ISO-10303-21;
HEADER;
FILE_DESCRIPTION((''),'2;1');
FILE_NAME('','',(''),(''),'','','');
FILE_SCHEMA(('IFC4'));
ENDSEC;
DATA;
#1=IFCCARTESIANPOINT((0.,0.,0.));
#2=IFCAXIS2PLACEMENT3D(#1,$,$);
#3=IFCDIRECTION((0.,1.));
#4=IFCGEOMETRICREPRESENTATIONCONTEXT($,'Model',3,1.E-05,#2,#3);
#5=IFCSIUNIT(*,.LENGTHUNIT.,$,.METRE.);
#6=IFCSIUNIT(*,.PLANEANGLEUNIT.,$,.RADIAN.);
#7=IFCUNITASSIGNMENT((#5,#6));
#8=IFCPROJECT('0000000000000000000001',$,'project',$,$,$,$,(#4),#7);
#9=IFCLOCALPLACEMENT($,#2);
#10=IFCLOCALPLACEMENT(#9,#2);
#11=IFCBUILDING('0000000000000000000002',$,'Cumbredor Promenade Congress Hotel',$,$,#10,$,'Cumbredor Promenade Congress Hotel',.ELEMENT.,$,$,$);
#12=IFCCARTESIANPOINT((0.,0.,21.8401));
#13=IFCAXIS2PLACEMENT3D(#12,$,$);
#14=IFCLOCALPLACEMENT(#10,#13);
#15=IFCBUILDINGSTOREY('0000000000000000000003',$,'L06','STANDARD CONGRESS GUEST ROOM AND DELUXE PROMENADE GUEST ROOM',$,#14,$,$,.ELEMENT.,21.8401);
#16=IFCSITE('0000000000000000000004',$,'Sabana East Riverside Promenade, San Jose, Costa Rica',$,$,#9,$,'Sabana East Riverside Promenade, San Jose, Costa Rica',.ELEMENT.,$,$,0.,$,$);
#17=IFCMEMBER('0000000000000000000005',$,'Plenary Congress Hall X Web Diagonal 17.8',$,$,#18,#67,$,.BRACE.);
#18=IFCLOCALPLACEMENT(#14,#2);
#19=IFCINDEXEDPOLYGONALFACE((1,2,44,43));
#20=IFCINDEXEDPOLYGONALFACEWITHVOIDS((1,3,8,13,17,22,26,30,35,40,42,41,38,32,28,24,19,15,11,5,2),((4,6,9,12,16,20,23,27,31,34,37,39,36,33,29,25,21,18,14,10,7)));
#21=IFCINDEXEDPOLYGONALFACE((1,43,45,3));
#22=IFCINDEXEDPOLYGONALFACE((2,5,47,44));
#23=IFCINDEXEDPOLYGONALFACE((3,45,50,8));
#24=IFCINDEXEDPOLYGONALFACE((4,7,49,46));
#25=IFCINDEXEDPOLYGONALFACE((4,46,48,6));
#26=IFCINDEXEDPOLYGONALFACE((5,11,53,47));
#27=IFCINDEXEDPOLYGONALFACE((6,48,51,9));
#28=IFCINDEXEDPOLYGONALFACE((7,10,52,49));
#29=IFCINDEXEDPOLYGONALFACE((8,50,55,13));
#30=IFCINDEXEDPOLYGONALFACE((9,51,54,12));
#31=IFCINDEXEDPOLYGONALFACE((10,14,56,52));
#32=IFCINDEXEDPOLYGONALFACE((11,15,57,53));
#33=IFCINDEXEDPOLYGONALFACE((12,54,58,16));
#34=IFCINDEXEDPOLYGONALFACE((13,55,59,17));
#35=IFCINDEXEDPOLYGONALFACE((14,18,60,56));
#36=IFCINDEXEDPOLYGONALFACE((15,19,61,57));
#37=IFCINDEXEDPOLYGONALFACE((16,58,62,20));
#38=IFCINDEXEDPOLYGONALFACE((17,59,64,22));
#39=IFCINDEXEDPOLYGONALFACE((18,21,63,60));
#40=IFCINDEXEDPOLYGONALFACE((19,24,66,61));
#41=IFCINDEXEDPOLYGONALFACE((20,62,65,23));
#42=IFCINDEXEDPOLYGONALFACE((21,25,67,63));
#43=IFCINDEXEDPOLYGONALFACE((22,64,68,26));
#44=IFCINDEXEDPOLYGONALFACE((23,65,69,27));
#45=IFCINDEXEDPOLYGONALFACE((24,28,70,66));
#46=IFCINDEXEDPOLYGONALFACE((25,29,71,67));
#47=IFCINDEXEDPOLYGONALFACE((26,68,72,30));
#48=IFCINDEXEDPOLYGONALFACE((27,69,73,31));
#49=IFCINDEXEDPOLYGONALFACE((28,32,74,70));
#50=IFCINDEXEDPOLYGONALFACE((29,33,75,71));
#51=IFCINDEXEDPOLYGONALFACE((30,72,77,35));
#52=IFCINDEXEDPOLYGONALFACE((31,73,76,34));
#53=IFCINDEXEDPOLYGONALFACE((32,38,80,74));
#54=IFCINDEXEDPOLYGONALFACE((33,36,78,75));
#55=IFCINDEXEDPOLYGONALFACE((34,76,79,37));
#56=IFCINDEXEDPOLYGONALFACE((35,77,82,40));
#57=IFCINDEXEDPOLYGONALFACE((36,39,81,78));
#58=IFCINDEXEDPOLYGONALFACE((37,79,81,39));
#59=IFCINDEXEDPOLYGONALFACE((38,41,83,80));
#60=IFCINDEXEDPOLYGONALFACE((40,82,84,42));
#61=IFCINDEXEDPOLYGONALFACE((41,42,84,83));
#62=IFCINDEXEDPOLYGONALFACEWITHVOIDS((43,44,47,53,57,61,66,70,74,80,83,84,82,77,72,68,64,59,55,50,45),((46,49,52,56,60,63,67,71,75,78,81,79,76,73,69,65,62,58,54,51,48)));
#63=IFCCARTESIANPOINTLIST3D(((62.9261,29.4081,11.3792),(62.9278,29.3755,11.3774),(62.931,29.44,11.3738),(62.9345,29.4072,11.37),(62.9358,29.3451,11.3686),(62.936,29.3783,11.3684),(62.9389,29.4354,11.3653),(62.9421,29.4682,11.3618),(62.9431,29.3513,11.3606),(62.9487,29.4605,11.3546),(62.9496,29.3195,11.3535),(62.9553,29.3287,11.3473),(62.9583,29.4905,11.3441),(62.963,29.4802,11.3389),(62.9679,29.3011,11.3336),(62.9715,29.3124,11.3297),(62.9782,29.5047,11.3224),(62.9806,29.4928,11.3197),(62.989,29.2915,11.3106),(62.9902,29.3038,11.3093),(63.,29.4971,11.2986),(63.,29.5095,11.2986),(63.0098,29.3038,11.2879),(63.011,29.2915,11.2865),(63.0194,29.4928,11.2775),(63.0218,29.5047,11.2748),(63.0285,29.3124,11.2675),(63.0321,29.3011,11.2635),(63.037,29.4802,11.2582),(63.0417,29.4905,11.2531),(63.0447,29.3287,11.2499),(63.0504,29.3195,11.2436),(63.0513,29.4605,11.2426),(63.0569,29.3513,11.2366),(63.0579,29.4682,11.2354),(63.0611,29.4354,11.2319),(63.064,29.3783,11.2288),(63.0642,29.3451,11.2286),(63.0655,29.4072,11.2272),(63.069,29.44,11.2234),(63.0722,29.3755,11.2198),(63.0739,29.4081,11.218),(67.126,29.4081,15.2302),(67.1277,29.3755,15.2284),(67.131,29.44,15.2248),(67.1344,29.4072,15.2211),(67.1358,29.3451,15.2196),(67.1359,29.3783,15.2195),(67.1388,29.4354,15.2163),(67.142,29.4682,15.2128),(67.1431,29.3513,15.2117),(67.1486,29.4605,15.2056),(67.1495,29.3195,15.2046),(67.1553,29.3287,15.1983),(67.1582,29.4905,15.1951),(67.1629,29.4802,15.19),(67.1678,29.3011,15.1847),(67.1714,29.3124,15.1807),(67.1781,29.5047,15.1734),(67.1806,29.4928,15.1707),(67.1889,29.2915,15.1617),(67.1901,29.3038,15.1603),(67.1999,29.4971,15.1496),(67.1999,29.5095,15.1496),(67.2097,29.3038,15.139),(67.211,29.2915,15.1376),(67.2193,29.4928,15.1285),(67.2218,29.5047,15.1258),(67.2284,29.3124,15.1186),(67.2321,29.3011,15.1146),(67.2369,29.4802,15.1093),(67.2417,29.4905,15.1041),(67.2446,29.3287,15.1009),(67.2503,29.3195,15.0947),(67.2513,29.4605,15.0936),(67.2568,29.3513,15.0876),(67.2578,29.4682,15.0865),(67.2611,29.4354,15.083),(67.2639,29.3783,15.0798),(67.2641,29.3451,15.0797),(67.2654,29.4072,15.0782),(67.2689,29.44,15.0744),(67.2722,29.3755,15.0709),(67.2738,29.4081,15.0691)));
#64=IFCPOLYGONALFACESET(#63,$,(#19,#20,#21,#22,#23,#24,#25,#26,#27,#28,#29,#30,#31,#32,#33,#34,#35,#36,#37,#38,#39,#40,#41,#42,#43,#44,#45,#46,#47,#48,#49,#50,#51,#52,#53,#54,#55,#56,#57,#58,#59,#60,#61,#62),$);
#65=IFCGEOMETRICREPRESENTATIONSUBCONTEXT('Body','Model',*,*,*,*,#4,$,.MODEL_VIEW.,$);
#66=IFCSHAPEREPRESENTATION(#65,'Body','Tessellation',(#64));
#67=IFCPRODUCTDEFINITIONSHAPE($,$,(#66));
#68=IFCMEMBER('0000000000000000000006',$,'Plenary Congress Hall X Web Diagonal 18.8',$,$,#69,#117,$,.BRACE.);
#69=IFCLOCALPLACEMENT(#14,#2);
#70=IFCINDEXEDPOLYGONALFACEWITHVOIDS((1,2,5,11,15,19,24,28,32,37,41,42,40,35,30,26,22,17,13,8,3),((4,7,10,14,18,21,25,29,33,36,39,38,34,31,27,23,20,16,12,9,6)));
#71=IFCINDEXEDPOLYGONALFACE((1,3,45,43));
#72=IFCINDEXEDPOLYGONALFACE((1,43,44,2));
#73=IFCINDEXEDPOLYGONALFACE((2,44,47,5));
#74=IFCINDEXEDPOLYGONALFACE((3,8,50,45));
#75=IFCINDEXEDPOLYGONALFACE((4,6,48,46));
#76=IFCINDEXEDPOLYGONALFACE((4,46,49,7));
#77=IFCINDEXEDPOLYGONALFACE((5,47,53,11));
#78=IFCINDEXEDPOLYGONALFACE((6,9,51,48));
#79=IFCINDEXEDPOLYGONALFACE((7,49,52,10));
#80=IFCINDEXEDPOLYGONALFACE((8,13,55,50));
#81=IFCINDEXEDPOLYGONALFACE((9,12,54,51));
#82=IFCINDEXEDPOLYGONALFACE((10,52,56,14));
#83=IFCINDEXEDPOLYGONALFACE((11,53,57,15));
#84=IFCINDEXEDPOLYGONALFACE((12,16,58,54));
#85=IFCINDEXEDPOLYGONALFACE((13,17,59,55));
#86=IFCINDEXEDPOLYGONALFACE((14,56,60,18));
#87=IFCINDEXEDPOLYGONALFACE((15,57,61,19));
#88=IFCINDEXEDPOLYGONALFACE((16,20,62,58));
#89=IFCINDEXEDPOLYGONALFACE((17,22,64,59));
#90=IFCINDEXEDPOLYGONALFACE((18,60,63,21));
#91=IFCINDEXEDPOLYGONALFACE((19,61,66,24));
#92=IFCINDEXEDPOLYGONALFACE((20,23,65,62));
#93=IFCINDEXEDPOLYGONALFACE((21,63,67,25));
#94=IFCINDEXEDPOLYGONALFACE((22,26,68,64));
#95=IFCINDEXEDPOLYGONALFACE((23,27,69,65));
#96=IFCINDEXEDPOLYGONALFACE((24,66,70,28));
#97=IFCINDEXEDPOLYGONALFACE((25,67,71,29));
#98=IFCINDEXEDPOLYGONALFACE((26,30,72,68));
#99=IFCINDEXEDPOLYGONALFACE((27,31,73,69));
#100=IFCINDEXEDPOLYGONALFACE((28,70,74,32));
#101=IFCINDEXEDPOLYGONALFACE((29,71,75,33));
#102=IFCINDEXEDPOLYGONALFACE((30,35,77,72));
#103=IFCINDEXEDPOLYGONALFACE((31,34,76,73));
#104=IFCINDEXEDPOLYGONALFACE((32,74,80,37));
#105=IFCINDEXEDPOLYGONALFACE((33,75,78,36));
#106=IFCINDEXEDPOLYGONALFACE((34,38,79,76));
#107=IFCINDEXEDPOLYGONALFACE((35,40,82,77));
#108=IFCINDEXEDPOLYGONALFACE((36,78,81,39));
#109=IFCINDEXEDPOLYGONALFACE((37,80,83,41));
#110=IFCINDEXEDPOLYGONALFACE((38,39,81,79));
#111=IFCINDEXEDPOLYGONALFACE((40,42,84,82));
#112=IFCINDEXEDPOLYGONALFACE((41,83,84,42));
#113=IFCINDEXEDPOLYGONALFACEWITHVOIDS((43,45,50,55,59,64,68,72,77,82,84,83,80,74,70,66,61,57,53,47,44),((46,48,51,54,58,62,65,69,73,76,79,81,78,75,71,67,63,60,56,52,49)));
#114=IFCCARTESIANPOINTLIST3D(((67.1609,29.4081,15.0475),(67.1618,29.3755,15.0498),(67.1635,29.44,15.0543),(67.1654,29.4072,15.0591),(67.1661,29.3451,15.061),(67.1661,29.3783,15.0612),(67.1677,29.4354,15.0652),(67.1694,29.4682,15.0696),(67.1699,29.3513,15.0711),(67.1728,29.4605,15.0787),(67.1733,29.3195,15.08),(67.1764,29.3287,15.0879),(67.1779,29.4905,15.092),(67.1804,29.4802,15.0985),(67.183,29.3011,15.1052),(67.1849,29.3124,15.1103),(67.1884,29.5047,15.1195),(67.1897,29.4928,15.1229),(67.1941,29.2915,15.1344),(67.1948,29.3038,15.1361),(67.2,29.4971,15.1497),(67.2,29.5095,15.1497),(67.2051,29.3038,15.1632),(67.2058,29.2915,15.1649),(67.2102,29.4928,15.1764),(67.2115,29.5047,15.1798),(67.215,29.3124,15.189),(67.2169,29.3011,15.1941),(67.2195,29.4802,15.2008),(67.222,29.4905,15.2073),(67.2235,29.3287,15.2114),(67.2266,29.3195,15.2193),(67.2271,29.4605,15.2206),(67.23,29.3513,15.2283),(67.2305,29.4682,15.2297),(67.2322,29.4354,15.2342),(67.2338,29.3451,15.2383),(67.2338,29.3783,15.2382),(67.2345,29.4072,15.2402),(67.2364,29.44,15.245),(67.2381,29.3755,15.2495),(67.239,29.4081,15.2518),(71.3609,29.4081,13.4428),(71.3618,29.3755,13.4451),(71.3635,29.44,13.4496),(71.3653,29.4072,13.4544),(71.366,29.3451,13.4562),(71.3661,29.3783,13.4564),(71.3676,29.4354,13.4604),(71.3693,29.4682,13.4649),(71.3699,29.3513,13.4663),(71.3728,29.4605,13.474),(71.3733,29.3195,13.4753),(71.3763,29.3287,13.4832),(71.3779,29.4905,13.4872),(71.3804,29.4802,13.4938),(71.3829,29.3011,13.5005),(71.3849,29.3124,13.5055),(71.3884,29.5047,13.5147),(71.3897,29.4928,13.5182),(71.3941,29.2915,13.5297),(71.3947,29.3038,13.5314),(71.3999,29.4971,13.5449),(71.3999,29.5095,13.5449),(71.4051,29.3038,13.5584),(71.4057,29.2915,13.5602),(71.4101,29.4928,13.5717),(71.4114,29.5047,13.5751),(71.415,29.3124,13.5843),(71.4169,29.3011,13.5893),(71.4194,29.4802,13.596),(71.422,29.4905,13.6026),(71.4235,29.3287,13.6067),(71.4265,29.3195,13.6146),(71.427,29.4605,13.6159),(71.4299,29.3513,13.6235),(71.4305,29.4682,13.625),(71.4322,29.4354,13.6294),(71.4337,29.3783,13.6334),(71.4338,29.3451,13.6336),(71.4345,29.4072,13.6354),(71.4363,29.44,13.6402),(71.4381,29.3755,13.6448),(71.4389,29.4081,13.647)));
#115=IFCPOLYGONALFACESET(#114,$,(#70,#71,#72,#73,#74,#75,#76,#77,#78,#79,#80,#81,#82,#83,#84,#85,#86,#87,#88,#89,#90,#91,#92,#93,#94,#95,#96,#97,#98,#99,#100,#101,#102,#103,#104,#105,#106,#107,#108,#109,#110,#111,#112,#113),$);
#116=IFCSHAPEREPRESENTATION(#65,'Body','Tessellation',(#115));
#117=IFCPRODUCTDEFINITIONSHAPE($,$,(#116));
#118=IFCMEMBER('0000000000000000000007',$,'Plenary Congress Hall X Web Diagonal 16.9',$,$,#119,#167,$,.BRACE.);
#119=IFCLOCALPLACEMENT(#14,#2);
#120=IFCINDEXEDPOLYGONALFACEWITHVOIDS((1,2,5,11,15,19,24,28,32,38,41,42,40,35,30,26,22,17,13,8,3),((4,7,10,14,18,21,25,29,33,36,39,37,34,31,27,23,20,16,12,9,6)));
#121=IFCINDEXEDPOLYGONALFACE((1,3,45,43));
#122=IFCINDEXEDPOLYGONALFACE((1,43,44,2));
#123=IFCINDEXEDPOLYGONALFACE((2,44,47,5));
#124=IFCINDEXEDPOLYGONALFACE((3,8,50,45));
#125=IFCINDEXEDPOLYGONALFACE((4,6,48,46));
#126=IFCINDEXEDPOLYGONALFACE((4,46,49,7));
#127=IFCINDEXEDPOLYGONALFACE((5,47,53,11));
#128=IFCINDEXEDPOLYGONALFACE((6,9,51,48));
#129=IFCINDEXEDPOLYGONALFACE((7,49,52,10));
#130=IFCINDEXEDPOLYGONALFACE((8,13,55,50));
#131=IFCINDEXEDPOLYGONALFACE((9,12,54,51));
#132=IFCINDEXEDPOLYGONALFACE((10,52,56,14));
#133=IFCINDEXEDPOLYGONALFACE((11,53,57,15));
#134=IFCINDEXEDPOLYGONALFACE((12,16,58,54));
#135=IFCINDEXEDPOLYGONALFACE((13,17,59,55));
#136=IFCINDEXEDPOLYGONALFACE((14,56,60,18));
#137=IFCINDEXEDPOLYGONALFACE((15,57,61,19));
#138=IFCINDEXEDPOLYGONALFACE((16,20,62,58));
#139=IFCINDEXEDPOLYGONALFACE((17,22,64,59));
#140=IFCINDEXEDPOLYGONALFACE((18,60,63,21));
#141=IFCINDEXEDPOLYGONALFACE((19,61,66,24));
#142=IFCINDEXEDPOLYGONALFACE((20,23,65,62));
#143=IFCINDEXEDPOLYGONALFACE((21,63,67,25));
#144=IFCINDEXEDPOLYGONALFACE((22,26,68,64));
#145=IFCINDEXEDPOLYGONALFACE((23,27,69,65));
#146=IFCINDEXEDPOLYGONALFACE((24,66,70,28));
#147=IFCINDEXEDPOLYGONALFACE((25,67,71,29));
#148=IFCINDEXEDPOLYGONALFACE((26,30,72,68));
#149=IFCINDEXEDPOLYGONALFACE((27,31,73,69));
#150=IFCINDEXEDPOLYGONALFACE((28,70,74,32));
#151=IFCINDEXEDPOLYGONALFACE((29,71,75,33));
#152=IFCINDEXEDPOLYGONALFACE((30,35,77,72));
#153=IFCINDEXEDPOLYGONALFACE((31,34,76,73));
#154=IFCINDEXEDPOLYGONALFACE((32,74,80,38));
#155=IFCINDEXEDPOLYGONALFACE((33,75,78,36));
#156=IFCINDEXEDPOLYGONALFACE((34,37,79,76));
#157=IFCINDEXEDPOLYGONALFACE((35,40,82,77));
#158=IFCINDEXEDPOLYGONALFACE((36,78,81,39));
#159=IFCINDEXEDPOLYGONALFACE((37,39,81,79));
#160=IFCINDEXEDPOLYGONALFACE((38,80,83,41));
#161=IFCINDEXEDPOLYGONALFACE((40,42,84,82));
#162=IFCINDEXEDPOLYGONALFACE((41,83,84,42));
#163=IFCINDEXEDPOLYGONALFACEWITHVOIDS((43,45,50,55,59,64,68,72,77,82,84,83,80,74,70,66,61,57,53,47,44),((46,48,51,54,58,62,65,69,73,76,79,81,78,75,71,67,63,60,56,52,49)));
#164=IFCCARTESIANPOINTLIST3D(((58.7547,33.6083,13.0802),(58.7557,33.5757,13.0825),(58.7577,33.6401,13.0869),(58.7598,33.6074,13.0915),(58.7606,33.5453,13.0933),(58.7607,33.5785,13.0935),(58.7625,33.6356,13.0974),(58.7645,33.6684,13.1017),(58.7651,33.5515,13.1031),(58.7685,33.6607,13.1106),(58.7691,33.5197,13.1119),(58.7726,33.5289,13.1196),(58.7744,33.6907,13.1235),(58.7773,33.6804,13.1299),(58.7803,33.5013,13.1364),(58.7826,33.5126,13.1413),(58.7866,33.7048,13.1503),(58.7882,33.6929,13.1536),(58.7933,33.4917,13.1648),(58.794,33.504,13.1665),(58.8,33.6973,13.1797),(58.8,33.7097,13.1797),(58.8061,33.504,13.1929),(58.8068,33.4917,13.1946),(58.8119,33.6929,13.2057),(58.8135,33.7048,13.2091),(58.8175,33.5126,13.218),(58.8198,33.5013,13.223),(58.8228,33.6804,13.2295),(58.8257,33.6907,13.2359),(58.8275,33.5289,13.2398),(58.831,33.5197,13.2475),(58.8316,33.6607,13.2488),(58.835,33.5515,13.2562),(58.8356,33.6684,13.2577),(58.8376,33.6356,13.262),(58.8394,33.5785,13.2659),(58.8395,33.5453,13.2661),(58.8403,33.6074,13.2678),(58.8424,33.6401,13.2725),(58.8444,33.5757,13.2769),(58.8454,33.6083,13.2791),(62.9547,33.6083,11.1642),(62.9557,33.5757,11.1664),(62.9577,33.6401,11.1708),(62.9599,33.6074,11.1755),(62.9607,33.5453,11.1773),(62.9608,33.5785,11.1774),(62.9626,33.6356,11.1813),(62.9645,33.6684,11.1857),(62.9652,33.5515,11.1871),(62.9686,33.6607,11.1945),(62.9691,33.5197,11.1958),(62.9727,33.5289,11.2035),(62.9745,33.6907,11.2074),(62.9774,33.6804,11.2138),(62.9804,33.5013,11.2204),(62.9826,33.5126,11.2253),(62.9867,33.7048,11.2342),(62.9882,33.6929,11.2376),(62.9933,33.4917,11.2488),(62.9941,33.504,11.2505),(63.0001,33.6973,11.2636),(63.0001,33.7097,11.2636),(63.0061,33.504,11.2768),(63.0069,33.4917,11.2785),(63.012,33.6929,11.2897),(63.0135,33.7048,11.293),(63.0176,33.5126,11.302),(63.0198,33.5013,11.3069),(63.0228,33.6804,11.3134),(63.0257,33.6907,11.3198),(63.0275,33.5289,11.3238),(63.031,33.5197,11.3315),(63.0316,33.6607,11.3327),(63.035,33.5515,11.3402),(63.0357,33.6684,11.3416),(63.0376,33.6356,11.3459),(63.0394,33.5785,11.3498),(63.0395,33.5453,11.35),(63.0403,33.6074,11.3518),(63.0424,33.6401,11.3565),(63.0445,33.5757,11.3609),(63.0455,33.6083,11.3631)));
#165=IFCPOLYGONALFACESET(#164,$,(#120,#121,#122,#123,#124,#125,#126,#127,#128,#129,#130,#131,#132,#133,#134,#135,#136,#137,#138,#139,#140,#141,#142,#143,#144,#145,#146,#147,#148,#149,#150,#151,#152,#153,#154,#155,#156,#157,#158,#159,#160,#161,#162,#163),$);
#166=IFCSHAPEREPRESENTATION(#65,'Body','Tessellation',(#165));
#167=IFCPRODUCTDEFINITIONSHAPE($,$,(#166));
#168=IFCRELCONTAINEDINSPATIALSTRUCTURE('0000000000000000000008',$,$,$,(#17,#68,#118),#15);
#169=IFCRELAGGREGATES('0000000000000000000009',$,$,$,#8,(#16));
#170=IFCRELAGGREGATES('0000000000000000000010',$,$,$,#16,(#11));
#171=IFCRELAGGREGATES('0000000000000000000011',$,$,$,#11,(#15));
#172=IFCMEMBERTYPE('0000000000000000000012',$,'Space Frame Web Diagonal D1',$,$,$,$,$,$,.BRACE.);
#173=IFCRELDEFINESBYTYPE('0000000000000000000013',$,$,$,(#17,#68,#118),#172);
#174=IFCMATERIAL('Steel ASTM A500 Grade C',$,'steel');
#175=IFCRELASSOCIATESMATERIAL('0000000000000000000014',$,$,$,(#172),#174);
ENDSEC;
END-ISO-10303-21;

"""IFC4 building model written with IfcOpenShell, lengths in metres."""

from ifc_helpers import new_model, si_unit, direction, frame, origin, origin_2d, place, context, subcontext, project, spatial, hollow_circle, extrude, material, material_profile, profile_set, type_object, element, save


model = new_model("IFC4")

# Units and contexts
model_context = context("Model", 3, precision=1e-05, world=origin(), true_north=direction((0.0, 1.0)))
body_context = subcontext(model_context, "Body", "Model", "MODEL_VIEW")
ifc_project = project(units=[si_unit("LENGTHUNIT", "METRE"), si_unit("PLANEANGLEUNIT", "RADIAN")], contexts=[model_context])

# Site, building, storey
site_placement = place(None, origin())
site = spatial("IfcSite", under=ifc_project, at=site_placement, Name="Sabana East Riverside Promenade, San Jose, Costa Rica", LongName="Sabana East Riverside Promenade, San Jose, Costa Rica", CompositionType="ELEMENT", RefElevation=0.0)
building_placement = place(site_placement, origin())
building = spatial("IfcBuilding", under=site, at=building_placement, Name="Cumbredor Promenade Congress Hotel", LongName="Cumbredor Promenade Congress Hotel", CompositionType="ELEMENT")
storey_placement = place(building_placement, frame((0.0, 0.0, 21.8401)))
storey = spatial("IfcBuildingStorey", under=building, at=storey_placement, Name="L06", Description="STANDARD CONGRESS GUEST ROOM AND DELUXE PROMENADE GUEST ROOM", CompositionType="ELEMENT", Elevation=21.8401)

# Members
ifc_material_1 = material(Name="Steel ASTM A500 Grade C", Category="steel")
ifc_material_profile_1 = material_profile(ifc_material_1, hollow_circle(Radius=0.1096, WallThickness=0.0125, at=origin_2d()), Name="CHS 219.1x12.5")
ifc_profile_set_1 = profile_set([ifc_material_profile_1], Name="Steel ASTM A500 Grade C")
member_type_1 = type_object("IfcMemberType", Name="Space Frame Web Diagonal D1", PredefinedType="BRACE", material=ifc_profile_set_1)
member_1_placement = place(storey_placement, frame((63.0, 29.3999, 11.2986), z_axis=(0.737056, 0.0, 0.675831), x_axis=(0.0, 1.0, 0.0)))
element("IfcMember", 1, at=member_1_placement, inside=storey, type_object=member_type_1, Name="Plenary Congress Hall X Web Diagonal 17.8", PredefinedType="BRACE", context=body_context, shape_type="SweptSolid", body=[
    extrude(hollow_circle(Radius=0.1096, WallThickness=0.0125, at=origin_2d()), origin(), (0.0, 0.0, 1.0), 5.6982),
])
member_2_placement = place(storey_placement, frame((67.2, 29.3999, 15.1497), z_axis=(0.934135, 0.0, -0.356919), x_axis=(0.0, 1.0, 0.0)))
element("IfcMember", 2, at=member_2_placement, inside=storey, type_object=member_type_1, Name="Plenary Congress Hall X Web Diagonal 18.8", PredefinedType="BRACE", context=body_context, shape_type="SweptSolid", body=[
    extrude(hollow_circle(Radius=0.1096, WallThickness=0.0125, at=origin_2d()), origin(), (0.0, 0.0, 1.0), 4.4961),
])
member_3_placement = place(storey_placement, frame((58.8, 33.6001, 13.1797), z_axis=(0.909799, 0.0, -0.41505), x_axis=(0.0, 1.0, 0.0)))
element("IfcMember", 3, at=member_3_placement, inside=storey, type_object=member_type_1, Name="Plenary Congress Hall X Web Diagonal 16.9", PredefinedType="BRACE", context=body_context, shape_type="SweptSolid", body=[
    extrude(hollow_circle(Radius=0.1096, WallThickness=0.0125, at=origin_2d()), origin(), (0.0, 0.0, 1.0), 4.6165),
])

save(model, "model.ifc")
